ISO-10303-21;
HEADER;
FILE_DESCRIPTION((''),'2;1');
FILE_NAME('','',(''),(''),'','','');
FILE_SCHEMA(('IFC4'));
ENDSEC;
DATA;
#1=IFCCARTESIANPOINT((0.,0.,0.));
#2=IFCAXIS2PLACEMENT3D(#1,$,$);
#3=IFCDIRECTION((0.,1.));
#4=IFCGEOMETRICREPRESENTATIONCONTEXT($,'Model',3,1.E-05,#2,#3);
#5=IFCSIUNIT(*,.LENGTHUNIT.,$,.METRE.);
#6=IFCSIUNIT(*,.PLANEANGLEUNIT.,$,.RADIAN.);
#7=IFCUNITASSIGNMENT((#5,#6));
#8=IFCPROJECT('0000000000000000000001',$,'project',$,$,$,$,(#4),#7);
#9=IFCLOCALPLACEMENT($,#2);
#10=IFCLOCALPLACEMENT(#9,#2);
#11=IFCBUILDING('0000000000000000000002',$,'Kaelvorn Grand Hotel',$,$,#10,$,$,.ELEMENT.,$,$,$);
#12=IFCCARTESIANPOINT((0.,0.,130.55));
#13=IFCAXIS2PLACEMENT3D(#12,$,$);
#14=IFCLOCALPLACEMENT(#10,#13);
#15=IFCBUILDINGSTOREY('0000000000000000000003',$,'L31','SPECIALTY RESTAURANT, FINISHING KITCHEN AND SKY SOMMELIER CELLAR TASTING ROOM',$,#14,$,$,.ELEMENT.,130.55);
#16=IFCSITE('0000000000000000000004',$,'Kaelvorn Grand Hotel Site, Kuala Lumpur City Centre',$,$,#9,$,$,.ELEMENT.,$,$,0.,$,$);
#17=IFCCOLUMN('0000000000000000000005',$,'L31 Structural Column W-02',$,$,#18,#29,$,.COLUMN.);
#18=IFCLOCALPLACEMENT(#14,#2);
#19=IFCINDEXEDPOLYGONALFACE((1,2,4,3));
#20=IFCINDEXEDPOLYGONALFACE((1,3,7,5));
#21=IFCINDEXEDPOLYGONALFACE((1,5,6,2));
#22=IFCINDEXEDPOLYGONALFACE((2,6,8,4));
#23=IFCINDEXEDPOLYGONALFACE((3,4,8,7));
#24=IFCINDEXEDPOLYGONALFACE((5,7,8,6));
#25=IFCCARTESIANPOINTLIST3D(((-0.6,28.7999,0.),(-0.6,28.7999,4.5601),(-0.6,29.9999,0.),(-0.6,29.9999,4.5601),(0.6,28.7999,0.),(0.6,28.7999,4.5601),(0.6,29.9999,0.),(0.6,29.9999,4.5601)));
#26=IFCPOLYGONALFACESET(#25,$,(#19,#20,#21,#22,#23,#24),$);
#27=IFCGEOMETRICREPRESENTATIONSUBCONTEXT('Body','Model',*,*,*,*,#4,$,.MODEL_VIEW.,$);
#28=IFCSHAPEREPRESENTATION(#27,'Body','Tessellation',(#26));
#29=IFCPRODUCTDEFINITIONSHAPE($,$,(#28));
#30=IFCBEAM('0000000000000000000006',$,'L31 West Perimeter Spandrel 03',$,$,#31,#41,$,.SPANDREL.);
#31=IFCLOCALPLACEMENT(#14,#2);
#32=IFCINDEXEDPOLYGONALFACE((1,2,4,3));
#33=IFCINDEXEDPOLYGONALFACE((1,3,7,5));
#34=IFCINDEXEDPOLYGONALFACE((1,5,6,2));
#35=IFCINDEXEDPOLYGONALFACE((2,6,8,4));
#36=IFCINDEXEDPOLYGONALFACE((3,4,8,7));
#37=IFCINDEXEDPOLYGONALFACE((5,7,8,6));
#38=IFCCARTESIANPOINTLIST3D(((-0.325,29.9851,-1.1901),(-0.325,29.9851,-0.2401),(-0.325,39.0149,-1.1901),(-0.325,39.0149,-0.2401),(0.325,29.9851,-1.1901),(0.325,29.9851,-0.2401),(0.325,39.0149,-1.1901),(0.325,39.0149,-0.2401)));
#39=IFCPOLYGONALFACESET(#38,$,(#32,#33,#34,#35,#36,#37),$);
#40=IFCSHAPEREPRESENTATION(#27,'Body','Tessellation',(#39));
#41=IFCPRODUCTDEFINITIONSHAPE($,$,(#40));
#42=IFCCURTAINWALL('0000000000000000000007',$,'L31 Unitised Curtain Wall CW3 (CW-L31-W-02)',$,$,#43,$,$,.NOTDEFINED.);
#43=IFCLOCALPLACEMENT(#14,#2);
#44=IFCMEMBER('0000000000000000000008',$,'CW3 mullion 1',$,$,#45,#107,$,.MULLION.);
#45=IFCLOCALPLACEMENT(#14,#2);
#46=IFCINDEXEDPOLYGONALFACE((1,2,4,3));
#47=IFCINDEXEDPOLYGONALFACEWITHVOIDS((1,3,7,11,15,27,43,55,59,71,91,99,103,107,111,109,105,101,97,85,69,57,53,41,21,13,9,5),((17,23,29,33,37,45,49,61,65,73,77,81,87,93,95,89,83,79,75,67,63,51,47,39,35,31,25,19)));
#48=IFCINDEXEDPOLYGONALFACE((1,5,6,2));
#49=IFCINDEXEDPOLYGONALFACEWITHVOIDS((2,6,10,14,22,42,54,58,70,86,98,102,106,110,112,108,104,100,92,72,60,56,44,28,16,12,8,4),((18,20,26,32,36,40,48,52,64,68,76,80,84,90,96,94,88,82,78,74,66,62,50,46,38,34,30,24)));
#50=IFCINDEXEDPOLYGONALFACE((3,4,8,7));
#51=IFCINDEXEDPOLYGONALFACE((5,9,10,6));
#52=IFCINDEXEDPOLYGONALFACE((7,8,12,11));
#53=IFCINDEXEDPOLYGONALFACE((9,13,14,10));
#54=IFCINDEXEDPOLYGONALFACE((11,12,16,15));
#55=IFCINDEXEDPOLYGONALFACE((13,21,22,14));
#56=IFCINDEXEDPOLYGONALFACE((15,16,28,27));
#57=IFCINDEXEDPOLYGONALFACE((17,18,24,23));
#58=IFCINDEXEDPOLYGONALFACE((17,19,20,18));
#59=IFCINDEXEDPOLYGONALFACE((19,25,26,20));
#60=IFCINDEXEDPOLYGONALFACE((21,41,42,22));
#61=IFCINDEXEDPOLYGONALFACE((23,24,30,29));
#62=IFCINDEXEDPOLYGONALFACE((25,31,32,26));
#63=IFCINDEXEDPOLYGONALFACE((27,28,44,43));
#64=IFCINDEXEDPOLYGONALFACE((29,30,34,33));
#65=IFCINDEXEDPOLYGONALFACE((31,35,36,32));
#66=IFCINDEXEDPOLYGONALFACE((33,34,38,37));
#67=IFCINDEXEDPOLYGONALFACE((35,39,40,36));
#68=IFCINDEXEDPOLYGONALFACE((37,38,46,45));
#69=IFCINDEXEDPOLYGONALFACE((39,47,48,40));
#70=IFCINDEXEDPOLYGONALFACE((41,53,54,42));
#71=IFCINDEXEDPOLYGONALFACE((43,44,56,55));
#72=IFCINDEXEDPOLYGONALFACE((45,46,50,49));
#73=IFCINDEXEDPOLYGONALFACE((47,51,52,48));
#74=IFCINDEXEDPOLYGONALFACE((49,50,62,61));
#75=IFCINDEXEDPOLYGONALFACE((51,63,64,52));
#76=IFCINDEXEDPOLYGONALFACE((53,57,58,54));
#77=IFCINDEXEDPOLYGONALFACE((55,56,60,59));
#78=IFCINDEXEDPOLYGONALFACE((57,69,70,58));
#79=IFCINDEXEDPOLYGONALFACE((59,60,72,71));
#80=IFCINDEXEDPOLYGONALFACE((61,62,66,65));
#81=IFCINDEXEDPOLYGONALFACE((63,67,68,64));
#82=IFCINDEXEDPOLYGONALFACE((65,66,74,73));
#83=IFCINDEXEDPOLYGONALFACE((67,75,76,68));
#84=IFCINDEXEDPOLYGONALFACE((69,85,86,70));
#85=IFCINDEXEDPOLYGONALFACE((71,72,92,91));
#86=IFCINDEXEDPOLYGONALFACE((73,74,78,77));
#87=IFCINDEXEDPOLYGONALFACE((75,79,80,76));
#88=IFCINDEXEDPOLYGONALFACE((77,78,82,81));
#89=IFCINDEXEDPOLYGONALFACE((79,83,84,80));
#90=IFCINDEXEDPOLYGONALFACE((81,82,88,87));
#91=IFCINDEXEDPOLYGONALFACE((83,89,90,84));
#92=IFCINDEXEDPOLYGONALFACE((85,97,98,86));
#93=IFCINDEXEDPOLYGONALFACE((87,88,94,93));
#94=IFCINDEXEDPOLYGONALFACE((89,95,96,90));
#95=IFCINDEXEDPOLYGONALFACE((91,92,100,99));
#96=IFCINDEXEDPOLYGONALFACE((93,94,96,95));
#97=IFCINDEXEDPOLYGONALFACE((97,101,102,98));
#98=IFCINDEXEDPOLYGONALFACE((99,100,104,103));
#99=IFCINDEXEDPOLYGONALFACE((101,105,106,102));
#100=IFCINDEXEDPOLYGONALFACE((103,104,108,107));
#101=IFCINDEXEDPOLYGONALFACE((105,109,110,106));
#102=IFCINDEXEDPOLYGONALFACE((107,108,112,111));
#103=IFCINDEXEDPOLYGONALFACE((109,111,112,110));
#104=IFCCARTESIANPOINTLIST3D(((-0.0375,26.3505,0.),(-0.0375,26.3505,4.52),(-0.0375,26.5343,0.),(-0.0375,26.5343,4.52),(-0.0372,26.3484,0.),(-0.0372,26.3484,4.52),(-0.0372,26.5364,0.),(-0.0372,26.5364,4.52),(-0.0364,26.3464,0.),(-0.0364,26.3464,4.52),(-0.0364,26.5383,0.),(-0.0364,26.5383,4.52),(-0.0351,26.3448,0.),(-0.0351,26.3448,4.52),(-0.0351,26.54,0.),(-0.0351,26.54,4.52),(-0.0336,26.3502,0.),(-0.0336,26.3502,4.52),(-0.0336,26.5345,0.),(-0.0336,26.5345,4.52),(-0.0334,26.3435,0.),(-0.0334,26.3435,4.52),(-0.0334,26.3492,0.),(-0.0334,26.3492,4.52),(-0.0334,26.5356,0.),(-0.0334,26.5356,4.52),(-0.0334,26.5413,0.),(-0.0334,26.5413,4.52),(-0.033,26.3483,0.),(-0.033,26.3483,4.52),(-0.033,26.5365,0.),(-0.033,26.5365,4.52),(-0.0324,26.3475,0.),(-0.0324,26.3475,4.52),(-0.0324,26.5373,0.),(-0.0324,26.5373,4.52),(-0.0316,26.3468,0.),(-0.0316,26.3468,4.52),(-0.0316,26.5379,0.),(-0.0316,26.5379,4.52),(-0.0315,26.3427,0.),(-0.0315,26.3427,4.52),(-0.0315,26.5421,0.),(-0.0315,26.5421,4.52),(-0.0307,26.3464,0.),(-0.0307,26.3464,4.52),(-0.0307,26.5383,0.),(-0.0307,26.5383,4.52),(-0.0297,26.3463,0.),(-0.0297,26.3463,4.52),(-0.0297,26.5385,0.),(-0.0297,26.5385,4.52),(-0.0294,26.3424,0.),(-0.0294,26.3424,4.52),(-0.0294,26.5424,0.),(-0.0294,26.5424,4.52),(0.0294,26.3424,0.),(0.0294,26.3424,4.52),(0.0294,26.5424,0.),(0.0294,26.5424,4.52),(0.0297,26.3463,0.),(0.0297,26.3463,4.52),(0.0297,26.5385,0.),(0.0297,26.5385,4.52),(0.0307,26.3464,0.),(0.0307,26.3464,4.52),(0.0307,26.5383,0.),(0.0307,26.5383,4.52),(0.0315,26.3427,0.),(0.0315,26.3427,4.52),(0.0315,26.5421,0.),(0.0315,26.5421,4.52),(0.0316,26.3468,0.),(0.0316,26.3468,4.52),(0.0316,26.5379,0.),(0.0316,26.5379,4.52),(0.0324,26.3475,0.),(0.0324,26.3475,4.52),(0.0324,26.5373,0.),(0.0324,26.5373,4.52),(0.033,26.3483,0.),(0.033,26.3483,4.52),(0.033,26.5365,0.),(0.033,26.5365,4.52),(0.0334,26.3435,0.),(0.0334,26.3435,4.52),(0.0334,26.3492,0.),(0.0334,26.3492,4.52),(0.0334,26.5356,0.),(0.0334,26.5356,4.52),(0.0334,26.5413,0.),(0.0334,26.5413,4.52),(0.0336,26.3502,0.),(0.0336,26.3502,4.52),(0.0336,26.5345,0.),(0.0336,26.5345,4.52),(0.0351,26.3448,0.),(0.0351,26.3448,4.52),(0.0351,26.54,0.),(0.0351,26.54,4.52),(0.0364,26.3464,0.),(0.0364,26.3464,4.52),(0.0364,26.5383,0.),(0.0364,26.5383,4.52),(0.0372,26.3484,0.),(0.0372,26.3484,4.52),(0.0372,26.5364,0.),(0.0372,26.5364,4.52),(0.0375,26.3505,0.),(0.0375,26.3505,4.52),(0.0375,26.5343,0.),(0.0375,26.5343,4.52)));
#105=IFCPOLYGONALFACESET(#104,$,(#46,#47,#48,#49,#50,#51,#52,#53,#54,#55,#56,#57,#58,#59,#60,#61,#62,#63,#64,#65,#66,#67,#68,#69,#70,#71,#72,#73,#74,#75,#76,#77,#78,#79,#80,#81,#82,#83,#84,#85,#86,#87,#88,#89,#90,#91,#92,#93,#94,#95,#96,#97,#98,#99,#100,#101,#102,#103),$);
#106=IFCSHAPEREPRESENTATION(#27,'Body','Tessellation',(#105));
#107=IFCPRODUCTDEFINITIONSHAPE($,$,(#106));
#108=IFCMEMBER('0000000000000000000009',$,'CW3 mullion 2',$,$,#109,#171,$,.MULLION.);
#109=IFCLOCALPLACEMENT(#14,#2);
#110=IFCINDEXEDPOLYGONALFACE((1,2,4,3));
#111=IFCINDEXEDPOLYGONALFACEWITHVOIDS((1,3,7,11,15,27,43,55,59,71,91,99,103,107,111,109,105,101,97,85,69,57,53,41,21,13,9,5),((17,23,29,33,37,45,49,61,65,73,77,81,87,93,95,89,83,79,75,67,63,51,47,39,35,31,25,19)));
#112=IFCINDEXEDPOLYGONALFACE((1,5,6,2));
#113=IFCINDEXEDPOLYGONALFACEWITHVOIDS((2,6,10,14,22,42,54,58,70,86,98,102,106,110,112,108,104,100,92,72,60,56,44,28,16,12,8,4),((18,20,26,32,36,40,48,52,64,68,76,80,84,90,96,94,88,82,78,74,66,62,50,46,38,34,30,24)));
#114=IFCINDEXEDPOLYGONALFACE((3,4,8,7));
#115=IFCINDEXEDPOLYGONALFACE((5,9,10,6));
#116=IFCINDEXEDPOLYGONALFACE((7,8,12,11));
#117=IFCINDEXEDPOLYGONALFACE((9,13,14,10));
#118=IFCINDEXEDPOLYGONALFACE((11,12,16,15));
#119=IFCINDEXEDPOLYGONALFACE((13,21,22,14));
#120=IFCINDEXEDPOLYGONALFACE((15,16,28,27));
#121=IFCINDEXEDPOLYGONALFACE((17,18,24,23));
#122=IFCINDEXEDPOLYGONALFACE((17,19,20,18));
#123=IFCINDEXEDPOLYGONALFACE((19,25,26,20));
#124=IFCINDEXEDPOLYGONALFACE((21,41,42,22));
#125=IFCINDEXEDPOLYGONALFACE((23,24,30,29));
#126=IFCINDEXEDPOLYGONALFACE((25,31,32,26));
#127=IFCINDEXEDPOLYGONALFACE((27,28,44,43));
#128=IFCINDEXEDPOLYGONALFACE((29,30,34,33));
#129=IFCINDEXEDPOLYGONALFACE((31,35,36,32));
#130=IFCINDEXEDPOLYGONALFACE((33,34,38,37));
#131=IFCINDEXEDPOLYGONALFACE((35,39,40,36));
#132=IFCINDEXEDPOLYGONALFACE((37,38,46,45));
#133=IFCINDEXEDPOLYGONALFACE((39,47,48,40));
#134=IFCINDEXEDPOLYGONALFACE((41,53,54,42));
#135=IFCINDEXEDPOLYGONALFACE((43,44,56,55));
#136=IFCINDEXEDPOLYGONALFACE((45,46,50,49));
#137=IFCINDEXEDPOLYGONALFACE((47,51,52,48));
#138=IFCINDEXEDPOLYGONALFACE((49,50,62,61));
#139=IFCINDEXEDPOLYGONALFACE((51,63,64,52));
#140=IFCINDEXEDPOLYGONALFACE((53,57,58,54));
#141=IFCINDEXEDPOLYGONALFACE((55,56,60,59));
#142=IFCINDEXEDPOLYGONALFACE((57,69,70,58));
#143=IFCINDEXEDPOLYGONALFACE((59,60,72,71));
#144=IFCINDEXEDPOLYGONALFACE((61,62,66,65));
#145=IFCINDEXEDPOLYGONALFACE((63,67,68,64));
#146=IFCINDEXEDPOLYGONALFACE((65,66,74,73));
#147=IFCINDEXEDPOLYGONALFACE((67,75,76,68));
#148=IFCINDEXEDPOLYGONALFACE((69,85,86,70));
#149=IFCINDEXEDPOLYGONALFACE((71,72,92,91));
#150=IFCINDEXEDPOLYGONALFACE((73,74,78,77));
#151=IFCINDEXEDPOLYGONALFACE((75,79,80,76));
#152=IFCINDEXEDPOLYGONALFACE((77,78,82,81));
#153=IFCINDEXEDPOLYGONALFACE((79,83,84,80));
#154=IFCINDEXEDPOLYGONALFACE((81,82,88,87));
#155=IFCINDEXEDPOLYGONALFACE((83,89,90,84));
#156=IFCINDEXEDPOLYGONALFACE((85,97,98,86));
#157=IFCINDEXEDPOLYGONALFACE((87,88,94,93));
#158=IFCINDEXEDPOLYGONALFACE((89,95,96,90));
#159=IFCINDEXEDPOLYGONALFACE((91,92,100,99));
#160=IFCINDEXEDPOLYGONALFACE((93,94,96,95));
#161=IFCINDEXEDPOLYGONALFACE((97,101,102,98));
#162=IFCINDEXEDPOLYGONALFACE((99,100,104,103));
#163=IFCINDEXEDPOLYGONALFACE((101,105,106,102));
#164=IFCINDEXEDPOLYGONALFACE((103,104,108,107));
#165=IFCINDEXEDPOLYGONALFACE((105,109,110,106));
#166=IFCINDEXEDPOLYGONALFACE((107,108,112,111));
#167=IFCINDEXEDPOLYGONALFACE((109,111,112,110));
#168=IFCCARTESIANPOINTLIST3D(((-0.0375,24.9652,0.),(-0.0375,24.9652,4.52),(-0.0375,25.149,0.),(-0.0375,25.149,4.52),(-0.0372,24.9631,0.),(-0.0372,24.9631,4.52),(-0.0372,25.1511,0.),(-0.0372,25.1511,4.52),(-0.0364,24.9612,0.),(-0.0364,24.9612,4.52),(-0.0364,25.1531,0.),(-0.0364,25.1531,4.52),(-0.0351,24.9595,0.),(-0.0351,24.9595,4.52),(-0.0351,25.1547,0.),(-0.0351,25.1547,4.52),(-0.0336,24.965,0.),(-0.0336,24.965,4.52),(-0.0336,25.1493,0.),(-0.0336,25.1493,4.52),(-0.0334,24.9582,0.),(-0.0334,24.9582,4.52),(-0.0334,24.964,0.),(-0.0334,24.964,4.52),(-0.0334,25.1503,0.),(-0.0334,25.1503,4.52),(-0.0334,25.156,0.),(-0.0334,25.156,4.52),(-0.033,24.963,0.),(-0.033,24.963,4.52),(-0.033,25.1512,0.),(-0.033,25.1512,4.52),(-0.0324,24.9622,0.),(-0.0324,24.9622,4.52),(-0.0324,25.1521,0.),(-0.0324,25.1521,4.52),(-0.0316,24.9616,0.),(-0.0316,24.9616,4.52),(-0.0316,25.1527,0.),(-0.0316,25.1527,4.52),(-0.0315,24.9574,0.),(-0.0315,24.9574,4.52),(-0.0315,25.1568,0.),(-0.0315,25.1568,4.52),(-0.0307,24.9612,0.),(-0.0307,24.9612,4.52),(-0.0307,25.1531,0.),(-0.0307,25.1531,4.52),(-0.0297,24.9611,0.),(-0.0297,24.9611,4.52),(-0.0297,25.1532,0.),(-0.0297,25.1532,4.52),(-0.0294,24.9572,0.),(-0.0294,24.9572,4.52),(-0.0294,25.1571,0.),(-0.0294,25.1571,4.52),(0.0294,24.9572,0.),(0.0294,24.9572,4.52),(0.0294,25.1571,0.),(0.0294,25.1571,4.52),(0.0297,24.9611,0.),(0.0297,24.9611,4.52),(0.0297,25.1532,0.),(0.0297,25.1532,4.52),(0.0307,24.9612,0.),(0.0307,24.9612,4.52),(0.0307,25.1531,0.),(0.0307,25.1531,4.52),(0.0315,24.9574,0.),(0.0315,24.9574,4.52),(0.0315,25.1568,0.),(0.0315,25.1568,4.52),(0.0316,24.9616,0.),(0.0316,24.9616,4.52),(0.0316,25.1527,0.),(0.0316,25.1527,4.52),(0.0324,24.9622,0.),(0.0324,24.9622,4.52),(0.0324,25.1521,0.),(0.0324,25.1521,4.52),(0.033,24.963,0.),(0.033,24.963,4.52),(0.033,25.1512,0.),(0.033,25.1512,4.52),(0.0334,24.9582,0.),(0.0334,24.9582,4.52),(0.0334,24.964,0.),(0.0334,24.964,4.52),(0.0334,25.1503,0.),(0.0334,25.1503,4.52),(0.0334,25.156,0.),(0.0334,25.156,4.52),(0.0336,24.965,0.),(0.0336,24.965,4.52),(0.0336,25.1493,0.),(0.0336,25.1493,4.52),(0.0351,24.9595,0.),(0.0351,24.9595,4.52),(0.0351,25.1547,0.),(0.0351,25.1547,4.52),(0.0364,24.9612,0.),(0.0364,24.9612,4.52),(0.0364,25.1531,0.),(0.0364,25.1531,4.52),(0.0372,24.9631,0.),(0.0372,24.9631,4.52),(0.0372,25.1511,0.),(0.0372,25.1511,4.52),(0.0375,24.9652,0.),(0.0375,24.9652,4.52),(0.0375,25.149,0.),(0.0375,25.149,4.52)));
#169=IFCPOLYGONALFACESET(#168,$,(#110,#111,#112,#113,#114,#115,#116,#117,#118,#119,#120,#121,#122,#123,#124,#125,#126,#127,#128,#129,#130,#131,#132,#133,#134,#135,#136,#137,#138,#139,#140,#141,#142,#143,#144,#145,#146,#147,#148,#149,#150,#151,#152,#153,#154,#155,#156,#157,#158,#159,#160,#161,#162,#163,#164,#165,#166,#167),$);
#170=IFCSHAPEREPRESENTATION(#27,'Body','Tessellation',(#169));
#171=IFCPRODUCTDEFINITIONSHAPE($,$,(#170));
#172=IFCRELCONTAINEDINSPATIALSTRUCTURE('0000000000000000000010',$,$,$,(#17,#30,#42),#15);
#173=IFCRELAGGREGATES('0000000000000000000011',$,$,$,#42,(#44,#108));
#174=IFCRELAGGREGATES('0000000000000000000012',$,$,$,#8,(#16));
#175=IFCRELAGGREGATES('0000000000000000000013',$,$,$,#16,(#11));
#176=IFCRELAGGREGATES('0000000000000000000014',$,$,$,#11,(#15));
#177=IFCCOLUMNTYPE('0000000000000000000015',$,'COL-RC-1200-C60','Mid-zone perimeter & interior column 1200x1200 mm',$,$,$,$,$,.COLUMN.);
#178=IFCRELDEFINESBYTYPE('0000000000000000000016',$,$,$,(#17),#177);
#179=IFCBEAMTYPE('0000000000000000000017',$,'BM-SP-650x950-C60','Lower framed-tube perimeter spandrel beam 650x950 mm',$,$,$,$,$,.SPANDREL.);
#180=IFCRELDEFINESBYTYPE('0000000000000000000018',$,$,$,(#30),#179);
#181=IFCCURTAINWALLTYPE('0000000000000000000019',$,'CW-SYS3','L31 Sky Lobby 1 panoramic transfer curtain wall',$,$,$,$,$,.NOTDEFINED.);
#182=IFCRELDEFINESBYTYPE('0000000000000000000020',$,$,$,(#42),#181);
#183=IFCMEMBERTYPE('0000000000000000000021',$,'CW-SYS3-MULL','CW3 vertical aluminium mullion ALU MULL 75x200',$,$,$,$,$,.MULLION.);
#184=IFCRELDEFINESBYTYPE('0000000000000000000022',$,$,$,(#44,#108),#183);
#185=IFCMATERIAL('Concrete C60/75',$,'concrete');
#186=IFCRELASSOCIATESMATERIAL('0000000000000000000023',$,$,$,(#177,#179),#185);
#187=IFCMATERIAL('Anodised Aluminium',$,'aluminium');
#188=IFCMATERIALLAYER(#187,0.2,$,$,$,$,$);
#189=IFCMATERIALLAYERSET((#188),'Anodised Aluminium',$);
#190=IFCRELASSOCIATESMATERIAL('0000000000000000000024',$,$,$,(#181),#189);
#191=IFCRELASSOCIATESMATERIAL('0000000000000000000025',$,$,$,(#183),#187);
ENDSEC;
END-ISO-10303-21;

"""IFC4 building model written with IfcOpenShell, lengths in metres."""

from ifc_helpers import new_model, si_unit, direction, frame, origin, origin_2d, place, context, subcontext, project, spatial, rectangle, hollow_rectangle, extrude, material, layer, layer_set, material_profile, profile_set, type_object, element, aggregate, save


model = new_model("IFC4")

# Units and contexts
model_context = context("Model", 3, precision=1e-05, world=origin(), true_north=direction((0.0, 1.0)))
body_context = subcontext(model_context, "Body", "Model", "MODEL_VIEW")
ifc_project = project(units=[si_unit("LENGTHUNIT", "METRE"), si_unit("PLANEANGLEUNIT", "RADIAN")], contexts=[model_context])

# Site, building, storey
site_placement = place(None, origin())
site = spatial("IfcSite", under=ifc_project, at=site_placement, Name="Kaelvorn Grand Hotel Site, Kuala Lumpur City Centre", CompositionType="ELEMENT", RefElevation=0.0)
building_placement = place(site_placement, origin())
building = spatial("IfcBuilding", under=site, at=building_placement, Name="Kaelvorn Grand Hotel", CompositionType="ELEMENT")
storey_placement = place(building_placement, frame((0.0, 0.0, 130.55)))
storey = spatial("IfcBuildingStorey", under=building, at=storey_placement, Name="L31", Description="SPECIALTY RESTAURANT, FINISHING KITCHEN AND SKY SOMMELIER CELLAR TASTING ROOM", CompositionType="ELEMENT", Elevation=130.55)

# Column
ifc_material_1 = material(Name="Concrete C60/75", Category="concrete")
ifc_material_profile_1 = material_profile(ifc_material_1, rectangle(XDim=1.2, YDim=1.2, at=origin_2d()), Name="RC COL 1200x1200")
ifc_profile_set_1 = profile_set([ifc_material_profile_1], Name="Concrete C60/75")
column_type = type_object("IfcColumnType", Name="COL-RC-1200-C60", Description="Mid-zone perimeter & interior column 1200x1200 mm", PredefinedType="COLUMN", material=ifc_profile_set_1)
column_placement = place(storey_placement, frame((0.0, 29.3999, 0.0), z_axis=(0.0, 0.0, 1.0), x_axis=(1.0, 0.0, 0.0)))
element("IfcColumn", 1, at=column_placement, inside=storey, type_object=column_type, Name="L31 Structural Column W-02", PredefinedType="COLUMN", context=body_context, shape_type="SweptSolid", body=[
    extrude(rectangle(XDim=1.2, YDim=1.2, at=origin_2d()), origin(), (0.0, 0.0, 1.0), 4.5601),
])

# Beam
ifc_material_profile_2 = material_profile(ifc_material_1, rectangle(XDim=0.6499, YDim=0.95, at=origin_2d()), Name="RC SPANDREL 650x950")
ifc_profile_set_2 = profile_set([ifc_material_profile_2], Name="Concrete C60/75")
beam_type = type_object("IfcBeamType", Name="BM-SP-650x950-C60", Description="Lower framed-tube perimeter spandrel beam 650x950 mm", PredefinedType="SPANDREL", material=ifc_profile_set_2)
beam_placement = place(storey_placement, frame((0.0, 29.9851, -0.7151), z_axis=(0.0, 1.0, 0.0), x_axis=(-1.0, 0.0, 0.0)))
element("IfcBeam", 2, at=beam_placement, inside=storey, type_object=beam_type, Name="L31 West Perimeter Spandrel 03", PredefinedType="SPANDREL", context=body_context, shape_type="SweptSolid", body=[
    extrude(rectangle(XDim=0.6499, YDim=0.95, at=origin_2d()), origin(), (0.0, 0.0, 1.0), 9.0298),
])

# Curtain wall, members
ifc_material_2 = material(Name="Anodised Aluminium", Category="aluminium")
ifc_layer_1 = layer(ifc_material_2, 0.2)
ifc_layer_set_1 = layer_set([ifc_layer_1], Name="Anodised Aluminium")
curtain_wall_type = type_object("IfcCurtainWallType", Name="CW-SYS3", Description="L31 Sky Lobby 1 panoramic transfer curtain wall", PredefinedType="NOTDEFINED", material=ifc_layer_set_1)
curtain_wall_placement = place(storey_placement, origin())
curtain_wall = element("IfcCurtainWall", 3, at=curtain_wall_placement, inside=storey, type_object=curtain_wall_type, Name="L31 Unitised Curtain Wall CW3 (CW-L31-W-02)", PredefinedType="NOTDEFINED")
ifc_material_profile_3 = material_profile(ifc_material_2, hollow_rectangle(XDim=0.075, YDim=0.2, WallThickness=0.0039, InnerFilletRadius=0.0039, OuterFilletRadius=0.0081, at=origin_2d()), Name="ALU MULL 75x200")
ifc_profile_set_3 = profile_set([ifc_material_profile_3], Name="Anodised Aluminium")
member_type_1 = type_object("IfcMemberType", Name="CW-SYS3-MULL", Description="CW3 vertical aluminium mullion ALU MULL 75x200", PredefinedType="MULLION", material=ifc_profile_set_3)
member_1_placement = place(storey_placement, frame((0.0, 26.4424, 0.0), z_axis=(0.0, 0.0, 1.0), x_axis=(1.0, 0.0, 0.0)))
member_1 = element("IfcMember", 4, at=member_1_placement, type_object=member_type_1, Name="CW3 mullion 1", PredefinedType="MULLION", context=body_context, shape_type="SweptSolid", body=[
    extrude(hollow_rectangle(XDim=0.075, YDim=0.2, WallThickness=0.0039, InnerFilletRadius=0.0039, OuterFilletRadius=0.0081, at=origin_2d()), origin(), (0.0, 0.0, 1.0), 4.52),
])
member_2_placement = place(storey_placement, frame((0.0, 25.0571, 0.0), z_axis=(0.0, 0.0, 1.0), x_axis=(1.0, 0.0, 0.0)))
member_2 = element("IfcMember", 5, at=member_2_placement, type_object=member_type_1, Name="CW3 mullion 2", PredefinedType="MULLION", context=body_context, shape_type="SweptSolid", body=[
    extrude(hollow_rectangle(XDim=0.075, YDim=0.2, WallThickness=0.0039, InnerFilletRadius=0.0039, OuterFilletRadius=0.0081, at=origin_2d()), origin(), (0.0, 0.0, 1.0), 4.52),
])
aggregate(curtain_wall, [member_1, member_2])

save(model, "model.ifc")
